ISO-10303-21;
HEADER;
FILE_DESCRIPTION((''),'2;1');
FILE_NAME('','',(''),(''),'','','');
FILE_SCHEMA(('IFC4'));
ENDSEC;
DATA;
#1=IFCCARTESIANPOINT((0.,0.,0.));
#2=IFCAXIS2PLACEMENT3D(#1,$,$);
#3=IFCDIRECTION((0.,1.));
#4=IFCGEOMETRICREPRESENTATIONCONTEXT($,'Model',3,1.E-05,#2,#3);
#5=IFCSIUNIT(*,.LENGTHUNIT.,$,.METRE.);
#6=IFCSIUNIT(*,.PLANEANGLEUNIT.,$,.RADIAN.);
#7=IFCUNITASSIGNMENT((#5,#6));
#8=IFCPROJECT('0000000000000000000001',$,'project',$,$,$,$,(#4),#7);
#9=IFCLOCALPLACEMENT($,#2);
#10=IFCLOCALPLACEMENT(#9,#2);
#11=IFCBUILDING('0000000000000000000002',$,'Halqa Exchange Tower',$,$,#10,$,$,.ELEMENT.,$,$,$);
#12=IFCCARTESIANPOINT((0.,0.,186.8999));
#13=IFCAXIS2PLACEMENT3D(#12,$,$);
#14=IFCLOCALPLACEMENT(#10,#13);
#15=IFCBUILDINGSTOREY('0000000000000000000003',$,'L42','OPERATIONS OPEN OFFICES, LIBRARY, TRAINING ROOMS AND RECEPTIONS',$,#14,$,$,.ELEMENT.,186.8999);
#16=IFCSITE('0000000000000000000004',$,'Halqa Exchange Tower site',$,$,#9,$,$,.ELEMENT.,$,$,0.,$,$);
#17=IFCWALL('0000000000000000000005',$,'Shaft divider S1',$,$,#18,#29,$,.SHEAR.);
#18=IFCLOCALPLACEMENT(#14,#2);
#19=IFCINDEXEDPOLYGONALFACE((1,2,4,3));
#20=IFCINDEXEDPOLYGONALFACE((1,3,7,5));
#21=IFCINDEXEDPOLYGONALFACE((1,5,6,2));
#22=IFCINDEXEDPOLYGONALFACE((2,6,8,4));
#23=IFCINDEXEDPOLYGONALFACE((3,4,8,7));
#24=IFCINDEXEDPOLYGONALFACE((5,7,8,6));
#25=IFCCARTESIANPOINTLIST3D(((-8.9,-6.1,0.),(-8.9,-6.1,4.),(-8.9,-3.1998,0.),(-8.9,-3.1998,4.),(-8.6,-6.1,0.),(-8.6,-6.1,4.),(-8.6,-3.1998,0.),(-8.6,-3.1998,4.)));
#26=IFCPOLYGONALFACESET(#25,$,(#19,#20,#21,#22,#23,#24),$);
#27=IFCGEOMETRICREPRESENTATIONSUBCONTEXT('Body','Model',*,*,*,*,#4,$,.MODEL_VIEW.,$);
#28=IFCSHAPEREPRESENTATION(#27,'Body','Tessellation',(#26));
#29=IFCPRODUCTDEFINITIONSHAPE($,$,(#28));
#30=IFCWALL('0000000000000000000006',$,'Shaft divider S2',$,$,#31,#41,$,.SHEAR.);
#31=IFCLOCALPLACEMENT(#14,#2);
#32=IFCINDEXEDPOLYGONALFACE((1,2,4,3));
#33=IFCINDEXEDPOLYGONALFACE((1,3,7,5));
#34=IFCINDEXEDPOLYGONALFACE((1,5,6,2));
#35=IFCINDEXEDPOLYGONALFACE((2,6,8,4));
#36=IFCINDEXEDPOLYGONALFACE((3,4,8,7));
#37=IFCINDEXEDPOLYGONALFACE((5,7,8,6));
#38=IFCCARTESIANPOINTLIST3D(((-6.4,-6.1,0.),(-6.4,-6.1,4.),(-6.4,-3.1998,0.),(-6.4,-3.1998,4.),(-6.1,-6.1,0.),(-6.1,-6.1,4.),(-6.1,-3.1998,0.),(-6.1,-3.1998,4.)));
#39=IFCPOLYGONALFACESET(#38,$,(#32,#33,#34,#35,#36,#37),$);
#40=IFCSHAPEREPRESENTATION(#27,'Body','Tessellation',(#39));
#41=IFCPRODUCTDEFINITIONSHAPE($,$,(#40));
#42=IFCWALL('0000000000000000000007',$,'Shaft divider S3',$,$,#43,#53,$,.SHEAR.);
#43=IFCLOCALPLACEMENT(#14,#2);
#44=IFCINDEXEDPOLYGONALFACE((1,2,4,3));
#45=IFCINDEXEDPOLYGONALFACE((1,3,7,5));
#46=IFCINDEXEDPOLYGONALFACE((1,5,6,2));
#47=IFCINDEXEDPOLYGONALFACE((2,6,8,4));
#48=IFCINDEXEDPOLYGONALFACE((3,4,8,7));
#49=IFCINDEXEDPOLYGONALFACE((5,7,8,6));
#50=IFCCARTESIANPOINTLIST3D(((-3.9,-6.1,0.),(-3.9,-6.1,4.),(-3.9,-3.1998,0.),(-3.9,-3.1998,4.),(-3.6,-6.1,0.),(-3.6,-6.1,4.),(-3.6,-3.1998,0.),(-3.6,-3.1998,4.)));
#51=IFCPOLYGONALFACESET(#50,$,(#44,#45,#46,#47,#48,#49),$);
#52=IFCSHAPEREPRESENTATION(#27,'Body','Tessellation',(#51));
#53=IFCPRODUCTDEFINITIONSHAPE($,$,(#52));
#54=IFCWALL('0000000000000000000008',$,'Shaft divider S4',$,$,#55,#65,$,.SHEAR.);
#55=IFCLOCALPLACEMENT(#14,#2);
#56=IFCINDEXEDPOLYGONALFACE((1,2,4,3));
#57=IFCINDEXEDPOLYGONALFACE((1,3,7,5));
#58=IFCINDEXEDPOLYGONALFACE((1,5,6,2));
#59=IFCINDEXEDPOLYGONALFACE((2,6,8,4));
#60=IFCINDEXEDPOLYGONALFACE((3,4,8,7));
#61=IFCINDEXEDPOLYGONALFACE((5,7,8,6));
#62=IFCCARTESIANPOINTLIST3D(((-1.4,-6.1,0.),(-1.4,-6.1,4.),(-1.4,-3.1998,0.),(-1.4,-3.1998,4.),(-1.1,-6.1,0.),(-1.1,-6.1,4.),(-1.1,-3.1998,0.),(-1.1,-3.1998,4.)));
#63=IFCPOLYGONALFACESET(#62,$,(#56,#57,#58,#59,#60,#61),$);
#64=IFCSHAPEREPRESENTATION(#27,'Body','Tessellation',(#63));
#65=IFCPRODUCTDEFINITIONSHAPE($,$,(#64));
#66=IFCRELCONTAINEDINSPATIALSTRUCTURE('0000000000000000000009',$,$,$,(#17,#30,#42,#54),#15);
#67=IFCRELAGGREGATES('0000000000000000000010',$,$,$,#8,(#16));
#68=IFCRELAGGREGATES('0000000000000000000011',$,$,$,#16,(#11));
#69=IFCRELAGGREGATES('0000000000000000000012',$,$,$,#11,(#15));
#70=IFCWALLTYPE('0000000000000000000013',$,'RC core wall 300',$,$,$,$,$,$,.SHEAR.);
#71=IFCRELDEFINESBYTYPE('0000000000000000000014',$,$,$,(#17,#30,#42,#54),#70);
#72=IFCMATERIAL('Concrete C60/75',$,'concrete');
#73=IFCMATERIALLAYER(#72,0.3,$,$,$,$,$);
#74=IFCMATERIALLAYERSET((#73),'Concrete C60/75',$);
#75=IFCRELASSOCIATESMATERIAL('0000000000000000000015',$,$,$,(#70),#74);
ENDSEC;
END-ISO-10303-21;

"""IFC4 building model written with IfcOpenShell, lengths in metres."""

from ifc_helpers import new_model, si_unit, direction, frame, frame_2d, origin, place, context, subcontext, project, spatial, rectangle, extrude, material, layer, layer_set, type_object, element, save


model = new_model("IFC4")

# Units and contexts
model_context = context("Model", 3, precision=1e-05, world=origin(), true_north=direction((0.0, 1.0)))
body_context = subcontext(model_context, "Body", "Model", "MODEL_VIEW")
ifc_project = project(units=[si_unit("LENGTHUNIT", "METRE"), si_unit("PLANEANGLEUNIT", "RADIAN")], contexts=[model_context])

# Site, building, storey
site_placement = place(None, origin())
site = spatial("IfcSite", under=ifc_project, at=site_placement, Name="Halqa Exchange Tower site", CompositionType="ELEMENT", RefElevation=0.0)
building_placement = place(site_placement, origin())
building = spatial("IfcBuilding", under=site, at=building_placement, Name="Halqa Exchange Tower", CompositionType="ELEMENT")
storey_placement = place(building_placement, frame((0.0, 0.0, 186.8999)))
storey = spatial("IfcBuildingStorey", under=building, at=storey_placement, Name="L42", Description="OPERATIONS OPEN OFFICES, LIBRARY, TRAINING ROOMS AND RECEPTIONS", CompositionType="ELEMENT", Elevation=186.8999)

# Walls
ifc_material_1 = material(Name="Concrete C60/75", Category="concrete")
ifc_layer_1 = layer(ifc_material_1, 0.3)
ifc_layer_set_1 = layer_set([ifc_layer_1], Name="Concrete C60/75")
wall_type_1 = type_object("IfcWallType", Name="RC core wall 300", PredefinedType="SHEAR", material=ifc_layer_set_1)
for number, where, z_axis, x_axis, name in (
    (1, (-8.75, -6.1001, 0.0), (0.0, 0.0, 1.0), (0.0, 1.0, 0.0), "Shaft divider S1"),
    (2, (-6.25, -6.1001, 0.0), (0.0, 0.0, 1.0), (0.0, 1.0, 0.0), "Shaft divider S2"),
    (3, (-3.75, -6.1001, 0.0), (0.0, 0.0, 1.0), (0.0, 1.0, 0.0), "Shaft divider S3"),
    (4, (-1.25, -6.1001, 0.0), (0.0, 0.0, 1.0), (0.0, 1.0, 0.0), "Shaft divider S4"),
):
    element("IfcWall", number, at=place(storey_placement, frame(where, z_axis=z_axis, x_axis=x_axis)), inside=storey, type_object=wall_type_1, Name=name, PredefinedType="SHEAR", context=body_context, shape_type="SweptSolid", body=[
        extrude(rectangle(XDim=2.9001, YDim=0.3, at=frame_2d((1.4502, 0.0))), origin(), (0.0, 0.0, 1.0), 4.0),
    ])

save(model, "model.ifc")
